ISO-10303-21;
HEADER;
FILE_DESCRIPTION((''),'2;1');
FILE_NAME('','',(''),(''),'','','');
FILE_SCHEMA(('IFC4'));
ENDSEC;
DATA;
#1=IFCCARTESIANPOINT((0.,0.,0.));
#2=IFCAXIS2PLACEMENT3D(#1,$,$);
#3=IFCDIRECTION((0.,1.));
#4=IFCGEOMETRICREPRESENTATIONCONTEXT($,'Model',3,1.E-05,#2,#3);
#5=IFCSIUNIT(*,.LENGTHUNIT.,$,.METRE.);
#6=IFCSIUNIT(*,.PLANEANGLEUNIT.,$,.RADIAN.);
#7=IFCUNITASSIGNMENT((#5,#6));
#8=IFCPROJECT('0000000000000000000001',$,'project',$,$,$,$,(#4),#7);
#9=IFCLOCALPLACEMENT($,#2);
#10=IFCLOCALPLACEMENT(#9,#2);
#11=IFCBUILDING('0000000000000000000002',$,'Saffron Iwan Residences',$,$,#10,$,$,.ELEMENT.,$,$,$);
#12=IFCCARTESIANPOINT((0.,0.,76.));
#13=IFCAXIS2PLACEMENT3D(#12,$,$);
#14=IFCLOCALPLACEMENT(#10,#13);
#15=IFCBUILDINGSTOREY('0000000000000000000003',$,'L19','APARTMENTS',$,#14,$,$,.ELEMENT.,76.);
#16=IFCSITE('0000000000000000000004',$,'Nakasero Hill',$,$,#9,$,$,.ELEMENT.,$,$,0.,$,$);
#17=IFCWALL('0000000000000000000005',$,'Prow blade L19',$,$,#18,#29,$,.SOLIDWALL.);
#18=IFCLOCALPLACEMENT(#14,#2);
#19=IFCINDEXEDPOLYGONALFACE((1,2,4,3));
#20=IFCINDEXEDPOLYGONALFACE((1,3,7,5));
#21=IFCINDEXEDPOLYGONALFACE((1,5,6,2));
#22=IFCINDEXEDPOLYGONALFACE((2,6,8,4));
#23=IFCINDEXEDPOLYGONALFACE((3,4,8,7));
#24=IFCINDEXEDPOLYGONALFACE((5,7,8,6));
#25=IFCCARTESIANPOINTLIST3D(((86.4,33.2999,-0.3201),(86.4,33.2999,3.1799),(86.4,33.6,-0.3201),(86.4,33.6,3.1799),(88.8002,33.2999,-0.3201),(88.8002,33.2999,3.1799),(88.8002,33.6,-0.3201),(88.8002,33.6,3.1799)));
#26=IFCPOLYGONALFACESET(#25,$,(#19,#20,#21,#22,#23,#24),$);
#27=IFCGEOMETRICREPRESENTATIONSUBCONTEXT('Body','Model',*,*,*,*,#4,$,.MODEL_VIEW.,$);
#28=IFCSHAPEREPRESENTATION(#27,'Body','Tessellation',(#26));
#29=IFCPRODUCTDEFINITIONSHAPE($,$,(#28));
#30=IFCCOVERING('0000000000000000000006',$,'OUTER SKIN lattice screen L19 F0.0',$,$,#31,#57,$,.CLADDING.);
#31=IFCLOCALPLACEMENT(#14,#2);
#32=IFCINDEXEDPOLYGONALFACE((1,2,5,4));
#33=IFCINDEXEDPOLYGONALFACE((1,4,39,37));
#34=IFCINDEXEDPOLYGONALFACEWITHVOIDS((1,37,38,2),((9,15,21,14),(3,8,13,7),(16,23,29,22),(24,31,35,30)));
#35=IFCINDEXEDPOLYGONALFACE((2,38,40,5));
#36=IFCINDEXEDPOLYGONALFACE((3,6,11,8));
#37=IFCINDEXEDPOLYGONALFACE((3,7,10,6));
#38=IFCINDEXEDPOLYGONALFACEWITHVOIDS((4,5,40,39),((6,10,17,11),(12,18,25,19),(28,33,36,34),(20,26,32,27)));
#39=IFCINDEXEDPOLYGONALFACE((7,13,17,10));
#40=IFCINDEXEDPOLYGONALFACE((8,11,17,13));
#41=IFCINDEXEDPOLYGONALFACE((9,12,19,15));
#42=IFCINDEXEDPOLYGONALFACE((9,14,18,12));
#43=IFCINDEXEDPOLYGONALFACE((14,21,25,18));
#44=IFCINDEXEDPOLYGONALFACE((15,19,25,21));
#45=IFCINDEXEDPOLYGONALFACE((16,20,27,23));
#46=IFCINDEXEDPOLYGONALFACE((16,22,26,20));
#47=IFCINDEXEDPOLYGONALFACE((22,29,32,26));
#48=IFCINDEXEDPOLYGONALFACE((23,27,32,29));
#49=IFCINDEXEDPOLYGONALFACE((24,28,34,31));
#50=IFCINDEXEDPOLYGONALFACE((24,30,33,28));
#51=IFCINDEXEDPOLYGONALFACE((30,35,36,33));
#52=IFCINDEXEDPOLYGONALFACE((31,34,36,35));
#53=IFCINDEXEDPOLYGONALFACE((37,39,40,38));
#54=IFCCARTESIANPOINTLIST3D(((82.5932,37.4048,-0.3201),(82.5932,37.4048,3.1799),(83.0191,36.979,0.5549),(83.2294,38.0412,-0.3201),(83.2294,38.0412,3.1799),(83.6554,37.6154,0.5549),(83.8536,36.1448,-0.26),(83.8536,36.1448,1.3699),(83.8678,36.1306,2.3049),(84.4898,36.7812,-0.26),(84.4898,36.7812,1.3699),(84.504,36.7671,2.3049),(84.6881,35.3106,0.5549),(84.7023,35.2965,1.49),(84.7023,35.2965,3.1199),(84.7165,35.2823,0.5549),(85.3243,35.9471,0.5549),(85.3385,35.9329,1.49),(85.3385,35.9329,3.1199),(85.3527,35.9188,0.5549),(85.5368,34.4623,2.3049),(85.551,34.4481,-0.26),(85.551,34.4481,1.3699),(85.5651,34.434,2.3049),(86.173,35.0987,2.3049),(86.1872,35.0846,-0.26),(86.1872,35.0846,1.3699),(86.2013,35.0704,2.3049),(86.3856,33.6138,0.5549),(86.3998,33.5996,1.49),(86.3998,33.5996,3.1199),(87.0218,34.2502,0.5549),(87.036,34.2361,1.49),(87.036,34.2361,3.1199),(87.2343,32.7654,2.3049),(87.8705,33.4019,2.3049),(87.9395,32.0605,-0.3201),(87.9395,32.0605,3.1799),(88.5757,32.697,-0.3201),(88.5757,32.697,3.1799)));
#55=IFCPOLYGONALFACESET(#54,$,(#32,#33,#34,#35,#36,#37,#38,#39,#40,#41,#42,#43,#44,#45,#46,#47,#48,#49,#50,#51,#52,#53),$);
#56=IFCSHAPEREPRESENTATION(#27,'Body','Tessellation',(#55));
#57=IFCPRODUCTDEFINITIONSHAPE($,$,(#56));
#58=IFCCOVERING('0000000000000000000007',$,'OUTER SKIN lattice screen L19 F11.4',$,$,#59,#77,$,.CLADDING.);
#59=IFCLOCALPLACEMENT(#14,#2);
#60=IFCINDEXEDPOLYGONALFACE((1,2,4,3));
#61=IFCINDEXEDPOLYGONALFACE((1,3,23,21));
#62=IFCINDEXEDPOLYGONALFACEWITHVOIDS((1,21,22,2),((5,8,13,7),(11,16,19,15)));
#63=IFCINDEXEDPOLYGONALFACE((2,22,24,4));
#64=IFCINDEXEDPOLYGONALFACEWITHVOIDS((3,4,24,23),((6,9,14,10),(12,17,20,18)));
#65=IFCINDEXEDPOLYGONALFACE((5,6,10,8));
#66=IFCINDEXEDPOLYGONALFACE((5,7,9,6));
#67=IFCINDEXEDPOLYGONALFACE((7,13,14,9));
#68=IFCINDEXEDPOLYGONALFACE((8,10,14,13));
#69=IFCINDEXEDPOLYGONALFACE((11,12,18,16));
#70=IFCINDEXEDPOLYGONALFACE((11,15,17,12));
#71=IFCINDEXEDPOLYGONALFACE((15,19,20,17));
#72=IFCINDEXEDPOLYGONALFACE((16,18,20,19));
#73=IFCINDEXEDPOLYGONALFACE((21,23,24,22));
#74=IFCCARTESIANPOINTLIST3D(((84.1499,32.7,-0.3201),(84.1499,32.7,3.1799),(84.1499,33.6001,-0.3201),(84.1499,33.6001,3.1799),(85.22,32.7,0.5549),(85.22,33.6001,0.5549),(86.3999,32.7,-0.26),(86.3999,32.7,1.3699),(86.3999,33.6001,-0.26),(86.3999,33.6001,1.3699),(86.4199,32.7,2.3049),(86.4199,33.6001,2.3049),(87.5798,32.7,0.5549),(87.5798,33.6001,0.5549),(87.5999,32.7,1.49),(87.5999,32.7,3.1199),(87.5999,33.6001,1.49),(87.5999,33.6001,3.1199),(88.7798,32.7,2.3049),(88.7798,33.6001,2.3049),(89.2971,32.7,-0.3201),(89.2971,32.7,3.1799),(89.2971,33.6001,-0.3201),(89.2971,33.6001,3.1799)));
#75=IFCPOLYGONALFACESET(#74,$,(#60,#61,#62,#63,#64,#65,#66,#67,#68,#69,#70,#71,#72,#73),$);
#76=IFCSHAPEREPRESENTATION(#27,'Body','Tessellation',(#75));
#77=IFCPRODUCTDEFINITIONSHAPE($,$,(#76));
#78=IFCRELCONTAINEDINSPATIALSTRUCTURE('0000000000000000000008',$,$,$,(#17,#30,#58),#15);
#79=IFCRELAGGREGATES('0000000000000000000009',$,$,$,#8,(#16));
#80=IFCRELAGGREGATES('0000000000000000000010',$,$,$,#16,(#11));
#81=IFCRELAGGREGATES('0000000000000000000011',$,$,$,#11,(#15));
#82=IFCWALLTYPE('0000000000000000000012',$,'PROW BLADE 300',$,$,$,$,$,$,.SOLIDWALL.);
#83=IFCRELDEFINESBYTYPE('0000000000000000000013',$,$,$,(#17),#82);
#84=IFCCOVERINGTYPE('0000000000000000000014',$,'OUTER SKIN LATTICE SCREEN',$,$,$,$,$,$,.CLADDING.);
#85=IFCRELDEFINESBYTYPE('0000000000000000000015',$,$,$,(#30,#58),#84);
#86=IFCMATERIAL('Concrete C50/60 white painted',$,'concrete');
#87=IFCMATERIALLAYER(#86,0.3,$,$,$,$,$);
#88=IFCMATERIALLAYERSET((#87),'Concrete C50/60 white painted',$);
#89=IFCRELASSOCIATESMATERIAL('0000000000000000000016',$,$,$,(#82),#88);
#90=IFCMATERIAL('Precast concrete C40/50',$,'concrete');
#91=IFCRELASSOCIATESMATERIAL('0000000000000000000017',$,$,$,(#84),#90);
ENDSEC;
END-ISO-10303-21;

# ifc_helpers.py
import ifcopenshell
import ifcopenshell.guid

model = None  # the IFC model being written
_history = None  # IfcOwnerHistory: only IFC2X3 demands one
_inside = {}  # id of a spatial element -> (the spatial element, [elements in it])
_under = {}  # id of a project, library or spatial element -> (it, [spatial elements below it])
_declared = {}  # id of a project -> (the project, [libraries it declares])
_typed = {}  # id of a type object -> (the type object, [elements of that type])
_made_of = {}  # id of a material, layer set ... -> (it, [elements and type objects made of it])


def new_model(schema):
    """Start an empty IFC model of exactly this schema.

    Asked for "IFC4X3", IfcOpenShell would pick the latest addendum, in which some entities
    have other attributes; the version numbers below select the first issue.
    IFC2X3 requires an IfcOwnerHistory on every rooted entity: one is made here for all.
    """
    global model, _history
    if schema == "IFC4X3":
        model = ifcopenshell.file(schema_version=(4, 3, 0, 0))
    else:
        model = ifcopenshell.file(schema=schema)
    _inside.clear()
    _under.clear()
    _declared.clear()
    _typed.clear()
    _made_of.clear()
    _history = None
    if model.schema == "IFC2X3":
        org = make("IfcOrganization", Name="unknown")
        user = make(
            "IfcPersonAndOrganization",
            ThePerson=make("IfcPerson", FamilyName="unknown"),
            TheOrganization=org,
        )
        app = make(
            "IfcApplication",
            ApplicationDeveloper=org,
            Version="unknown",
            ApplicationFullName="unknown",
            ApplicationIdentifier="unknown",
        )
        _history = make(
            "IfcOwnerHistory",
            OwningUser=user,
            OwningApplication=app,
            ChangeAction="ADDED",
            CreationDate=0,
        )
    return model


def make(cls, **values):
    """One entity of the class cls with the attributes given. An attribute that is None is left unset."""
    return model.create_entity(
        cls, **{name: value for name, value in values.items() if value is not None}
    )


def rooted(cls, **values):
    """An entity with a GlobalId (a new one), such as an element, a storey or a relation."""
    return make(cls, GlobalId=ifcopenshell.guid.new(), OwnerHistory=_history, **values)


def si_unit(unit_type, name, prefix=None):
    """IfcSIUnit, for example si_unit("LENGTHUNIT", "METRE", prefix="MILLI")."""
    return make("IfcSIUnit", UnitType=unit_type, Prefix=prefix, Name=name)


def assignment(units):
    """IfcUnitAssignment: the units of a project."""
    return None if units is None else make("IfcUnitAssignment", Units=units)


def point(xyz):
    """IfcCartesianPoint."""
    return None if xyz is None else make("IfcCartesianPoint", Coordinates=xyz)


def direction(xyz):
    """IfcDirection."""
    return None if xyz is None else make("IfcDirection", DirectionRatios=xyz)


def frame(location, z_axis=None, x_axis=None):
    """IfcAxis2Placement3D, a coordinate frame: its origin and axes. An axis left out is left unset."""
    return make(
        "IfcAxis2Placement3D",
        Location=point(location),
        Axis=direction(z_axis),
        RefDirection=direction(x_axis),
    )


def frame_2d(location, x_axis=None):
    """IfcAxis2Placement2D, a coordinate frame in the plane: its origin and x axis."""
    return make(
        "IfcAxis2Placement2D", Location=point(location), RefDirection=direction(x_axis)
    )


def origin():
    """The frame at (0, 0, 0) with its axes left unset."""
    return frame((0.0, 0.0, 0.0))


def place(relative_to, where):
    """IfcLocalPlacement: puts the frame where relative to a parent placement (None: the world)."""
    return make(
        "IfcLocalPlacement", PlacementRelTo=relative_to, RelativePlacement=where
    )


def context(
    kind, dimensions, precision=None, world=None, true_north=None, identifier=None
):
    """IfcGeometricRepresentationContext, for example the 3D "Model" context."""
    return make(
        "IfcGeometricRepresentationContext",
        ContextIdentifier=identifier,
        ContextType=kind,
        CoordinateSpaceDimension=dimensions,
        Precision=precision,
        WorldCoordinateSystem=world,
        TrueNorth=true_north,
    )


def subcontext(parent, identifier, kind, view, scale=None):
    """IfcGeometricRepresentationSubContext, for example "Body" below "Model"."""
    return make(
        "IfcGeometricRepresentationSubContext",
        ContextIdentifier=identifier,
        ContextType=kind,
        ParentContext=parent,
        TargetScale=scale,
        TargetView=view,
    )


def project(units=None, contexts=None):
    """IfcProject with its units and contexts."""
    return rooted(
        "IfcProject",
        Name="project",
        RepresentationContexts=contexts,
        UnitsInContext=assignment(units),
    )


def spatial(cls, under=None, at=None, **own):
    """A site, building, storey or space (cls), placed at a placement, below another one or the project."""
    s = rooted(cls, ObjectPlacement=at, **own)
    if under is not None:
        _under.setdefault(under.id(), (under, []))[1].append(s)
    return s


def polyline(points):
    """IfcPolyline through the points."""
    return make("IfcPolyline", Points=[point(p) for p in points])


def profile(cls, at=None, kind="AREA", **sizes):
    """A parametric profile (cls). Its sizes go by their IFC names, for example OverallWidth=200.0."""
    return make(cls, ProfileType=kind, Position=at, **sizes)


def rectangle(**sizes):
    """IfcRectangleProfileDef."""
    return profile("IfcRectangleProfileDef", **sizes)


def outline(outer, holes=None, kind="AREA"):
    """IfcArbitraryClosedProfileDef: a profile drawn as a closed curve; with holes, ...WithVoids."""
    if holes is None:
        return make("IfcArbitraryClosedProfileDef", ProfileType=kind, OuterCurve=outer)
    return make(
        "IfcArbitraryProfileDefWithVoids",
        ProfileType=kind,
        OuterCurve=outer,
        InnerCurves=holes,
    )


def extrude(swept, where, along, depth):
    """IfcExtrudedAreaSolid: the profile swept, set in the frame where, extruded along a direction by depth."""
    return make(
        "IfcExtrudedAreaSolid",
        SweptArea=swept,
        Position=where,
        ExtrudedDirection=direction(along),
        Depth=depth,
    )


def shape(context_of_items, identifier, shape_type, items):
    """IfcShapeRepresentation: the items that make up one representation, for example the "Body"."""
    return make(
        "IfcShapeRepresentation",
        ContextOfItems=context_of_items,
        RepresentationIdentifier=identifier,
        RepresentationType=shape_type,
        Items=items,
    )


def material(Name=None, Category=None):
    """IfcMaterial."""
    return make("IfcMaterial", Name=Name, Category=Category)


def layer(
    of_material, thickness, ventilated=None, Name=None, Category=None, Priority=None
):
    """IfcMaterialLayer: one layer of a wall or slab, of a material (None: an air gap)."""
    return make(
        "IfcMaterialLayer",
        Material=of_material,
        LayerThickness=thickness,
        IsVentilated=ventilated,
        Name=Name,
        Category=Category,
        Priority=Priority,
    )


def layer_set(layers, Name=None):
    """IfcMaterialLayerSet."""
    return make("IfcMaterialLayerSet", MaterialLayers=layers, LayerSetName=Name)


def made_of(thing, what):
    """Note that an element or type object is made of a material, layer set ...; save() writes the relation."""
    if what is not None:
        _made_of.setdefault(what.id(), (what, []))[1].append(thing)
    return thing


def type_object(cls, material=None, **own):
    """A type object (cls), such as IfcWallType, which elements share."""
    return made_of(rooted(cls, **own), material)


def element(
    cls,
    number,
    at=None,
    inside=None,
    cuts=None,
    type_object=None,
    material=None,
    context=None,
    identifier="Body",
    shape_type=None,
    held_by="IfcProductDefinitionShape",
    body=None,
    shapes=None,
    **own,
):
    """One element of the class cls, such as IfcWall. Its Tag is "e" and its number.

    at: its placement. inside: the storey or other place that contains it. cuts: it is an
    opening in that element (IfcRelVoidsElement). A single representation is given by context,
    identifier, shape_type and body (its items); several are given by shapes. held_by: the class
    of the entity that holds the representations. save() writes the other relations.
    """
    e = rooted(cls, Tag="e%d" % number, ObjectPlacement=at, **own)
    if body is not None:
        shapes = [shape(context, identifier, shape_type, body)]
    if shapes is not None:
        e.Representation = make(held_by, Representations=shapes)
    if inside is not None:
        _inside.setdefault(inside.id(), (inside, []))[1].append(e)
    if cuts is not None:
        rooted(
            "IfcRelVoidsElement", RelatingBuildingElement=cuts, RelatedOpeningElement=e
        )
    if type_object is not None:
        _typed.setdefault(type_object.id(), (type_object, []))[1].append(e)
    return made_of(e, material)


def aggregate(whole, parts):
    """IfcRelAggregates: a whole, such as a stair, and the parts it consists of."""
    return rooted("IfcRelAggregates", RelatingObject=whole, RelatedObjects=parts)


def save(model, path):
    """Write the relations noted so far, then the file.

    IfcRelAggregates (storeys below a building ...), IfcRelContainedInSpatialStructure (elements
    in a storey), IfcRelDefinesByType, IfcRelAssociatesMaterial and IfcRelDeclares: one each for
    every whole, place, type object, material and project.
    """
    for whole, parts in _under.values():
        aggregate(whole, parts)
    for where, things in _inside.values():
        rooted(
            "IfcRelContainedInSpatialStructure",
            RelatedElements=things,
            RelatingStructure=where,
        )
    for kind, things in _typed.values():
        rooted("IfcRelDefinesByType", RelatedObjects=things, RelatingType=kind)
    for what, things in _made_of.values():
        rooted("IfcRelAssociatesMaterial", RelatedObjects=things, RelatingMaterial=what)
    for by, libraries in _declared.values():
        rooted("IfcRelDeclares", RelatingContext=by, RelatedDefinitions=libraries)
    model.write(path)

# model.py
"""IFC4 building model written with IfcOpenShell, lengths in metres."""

from ifc_helpers import new_model, si_unit, direction, frame, frame_2d, origin, place, context, subcontext, project, spatial, polyline, rectangle, outline, extrude, material, layer, layer_set, type_object, element, save


model = new_model("IFC4")

# Units and contexts
model_context = context("Model", 3, precision=1e-05, world=origin(), true_north=direction((0.0, 1.0)))
body_context = subcontext(model_context, "Body", "Model", "MODEL_VIEW")
ifc_project = project(units=[si_unit("LENGTHUNIT", "METRE"), si_unit("PLANEANGLEUNIT", "RADIAN")], contexts=[model_context])

# Site, building, storey
site_placement = place(None, origin())
site = spatial("IfcSite", under=ifc_project, at=site_placement, Name="Nakasero Hill", CompositionType="ELEMENT", RefElevation=0.0)
building_placement = place(site_placement, origin())
building = spatial("IfcBuilding", under=site, at=building_placement, Name="Saffron Iwan Residences", CompositionType="ELEMENT")
storey_placement = place(building_placement, frame((0.0, 0.0, 76.0)))
storey = spatial("IfcBuildingStorey", under=building, at=storey_placement, Name="L19", Description="APARTMENTS", CompositionType="ELEMENT", Elevation=76.0)

# Shared definitions
ifc_material_1 = material(Name="Concrete C50/60 white painted", Category="concrete")

# Wall
ifc_layer_1 = layer(ifc_material_1, 0.3)
ifc_layer_set_1 = layer_set([ifc_layer_1], Name="Concrete C50/60 white painted")
wall_type_1 = type_object("IfcWallType", Name="PROW BLADE 300", PredefinedType="SOLIDWALL", material=ifc_layer_set_1)
wall_1_placement = place(storey_placement, frame((86.3999, 33.45, -0.3201), z_axis=(0.0, 0.0, 1.0), x_axis=(1.0, 0.0, 0.0)))
element("IfcWall", 1, at=wall_1_placement, inside=storey, type_object=wall_type_1, Name="Prow blade L19", PredefinedType="SOLIDWALL", context=body_context, shape_type="SweptSolid", body=[
    extrude(rectangle(XDim=2.4001, YDim=0.3, at=frame_2d((1.2002, 0.0))), origin(), (0.0, 0.0, 1.0), 3.5),
])

# Coverings
ifc_material_2 = material(Name="Precast concrete C40/50", Category="concrete")
covering_type = type_object("IfcCoveringType", Name="OUTER SKIN LATTICE SCREEN", PredefinedType="CLADDING", material=ifc_material_2)
covering_1_placement = place(storey_placement, frame((87.9395, 32.0605, -0.3201), z_axis=(0.706971, 0.707242, 0.0), x_axis=(-0.707242, 0.706971, 0.0)))
element("IfcCovering", 2, at=covering_1_placement, inside=storey, type_object=covering_type, Name="OUTER SKIN lattice screen L19 F0.0", PredefinedType="CLADDING", context=body_context, shape_type="SweptSolid", body=[
    extrude(outline(polyline([(0.0, 0.0), (7.5593, 0.0), (7.5593, 3.5), (0.0, 3.5), (0.0, 0.0)]), holes=[polyline([(2.197, 0.875), (3.3772, 0.0601), (4.5571, 0.875), (3.3772, 1.6899), (2.197, 0.875)]), polyline([(4.5972, 0.875), (5.7771, 0.0601), (6.957, 0.875), (5.7771, 1.6899), (4.5972, 0.875)]), polyline([(0.9971, 2.625), (2.177, 1.8101), (3.3572, 2.625), (2.177, 3.4399), (0.9971, 2.625)]), polyline([(3.3972, 2.625), (4.5771, 1.8101), (5.7571, 2.625), (4.5771, 3.4399), (3.3972, 2.625)])]), origin(), (0.0, 0.0, 1.0), 0.8999),
])
covering_2_placement = place(storey_placement, frame((84.1499, 33.6001, -0.3201), z_axis=(0.0, -1.0, 0.0), x_axis=(1.0, 0.0, 0.0)))
element("IfcCovering", 3, at=covering_2_placement, inside=storey, type_object=covering_type, Name="OUTER SKIN lattice screen L19 F11.4", PredefinedType="CLADDING", context=body_context, shape_type="SweptSolid", body=[
    extrude(outline(polyline([(0.0, 0.0), (5.1472, 0.0), (5.1472, 3.5), (0.0, 3.5), (0.0, 0.0)]), holes=[polyline([(1.0701, 0.875), (2.25, 0.0601), (3.4299, 0.875), (2.25, 1.6899), (1.0701, 0.875)]), polyline([(2.27, 2.625), (3.45, 1.8101), (4.6299, 2.625), (3.45, 3.4399), (2.27, 2.625)])]), origin(), (0.0, 0.0, 1.0), 0.9001),
])

save(model, "model.ifc")
